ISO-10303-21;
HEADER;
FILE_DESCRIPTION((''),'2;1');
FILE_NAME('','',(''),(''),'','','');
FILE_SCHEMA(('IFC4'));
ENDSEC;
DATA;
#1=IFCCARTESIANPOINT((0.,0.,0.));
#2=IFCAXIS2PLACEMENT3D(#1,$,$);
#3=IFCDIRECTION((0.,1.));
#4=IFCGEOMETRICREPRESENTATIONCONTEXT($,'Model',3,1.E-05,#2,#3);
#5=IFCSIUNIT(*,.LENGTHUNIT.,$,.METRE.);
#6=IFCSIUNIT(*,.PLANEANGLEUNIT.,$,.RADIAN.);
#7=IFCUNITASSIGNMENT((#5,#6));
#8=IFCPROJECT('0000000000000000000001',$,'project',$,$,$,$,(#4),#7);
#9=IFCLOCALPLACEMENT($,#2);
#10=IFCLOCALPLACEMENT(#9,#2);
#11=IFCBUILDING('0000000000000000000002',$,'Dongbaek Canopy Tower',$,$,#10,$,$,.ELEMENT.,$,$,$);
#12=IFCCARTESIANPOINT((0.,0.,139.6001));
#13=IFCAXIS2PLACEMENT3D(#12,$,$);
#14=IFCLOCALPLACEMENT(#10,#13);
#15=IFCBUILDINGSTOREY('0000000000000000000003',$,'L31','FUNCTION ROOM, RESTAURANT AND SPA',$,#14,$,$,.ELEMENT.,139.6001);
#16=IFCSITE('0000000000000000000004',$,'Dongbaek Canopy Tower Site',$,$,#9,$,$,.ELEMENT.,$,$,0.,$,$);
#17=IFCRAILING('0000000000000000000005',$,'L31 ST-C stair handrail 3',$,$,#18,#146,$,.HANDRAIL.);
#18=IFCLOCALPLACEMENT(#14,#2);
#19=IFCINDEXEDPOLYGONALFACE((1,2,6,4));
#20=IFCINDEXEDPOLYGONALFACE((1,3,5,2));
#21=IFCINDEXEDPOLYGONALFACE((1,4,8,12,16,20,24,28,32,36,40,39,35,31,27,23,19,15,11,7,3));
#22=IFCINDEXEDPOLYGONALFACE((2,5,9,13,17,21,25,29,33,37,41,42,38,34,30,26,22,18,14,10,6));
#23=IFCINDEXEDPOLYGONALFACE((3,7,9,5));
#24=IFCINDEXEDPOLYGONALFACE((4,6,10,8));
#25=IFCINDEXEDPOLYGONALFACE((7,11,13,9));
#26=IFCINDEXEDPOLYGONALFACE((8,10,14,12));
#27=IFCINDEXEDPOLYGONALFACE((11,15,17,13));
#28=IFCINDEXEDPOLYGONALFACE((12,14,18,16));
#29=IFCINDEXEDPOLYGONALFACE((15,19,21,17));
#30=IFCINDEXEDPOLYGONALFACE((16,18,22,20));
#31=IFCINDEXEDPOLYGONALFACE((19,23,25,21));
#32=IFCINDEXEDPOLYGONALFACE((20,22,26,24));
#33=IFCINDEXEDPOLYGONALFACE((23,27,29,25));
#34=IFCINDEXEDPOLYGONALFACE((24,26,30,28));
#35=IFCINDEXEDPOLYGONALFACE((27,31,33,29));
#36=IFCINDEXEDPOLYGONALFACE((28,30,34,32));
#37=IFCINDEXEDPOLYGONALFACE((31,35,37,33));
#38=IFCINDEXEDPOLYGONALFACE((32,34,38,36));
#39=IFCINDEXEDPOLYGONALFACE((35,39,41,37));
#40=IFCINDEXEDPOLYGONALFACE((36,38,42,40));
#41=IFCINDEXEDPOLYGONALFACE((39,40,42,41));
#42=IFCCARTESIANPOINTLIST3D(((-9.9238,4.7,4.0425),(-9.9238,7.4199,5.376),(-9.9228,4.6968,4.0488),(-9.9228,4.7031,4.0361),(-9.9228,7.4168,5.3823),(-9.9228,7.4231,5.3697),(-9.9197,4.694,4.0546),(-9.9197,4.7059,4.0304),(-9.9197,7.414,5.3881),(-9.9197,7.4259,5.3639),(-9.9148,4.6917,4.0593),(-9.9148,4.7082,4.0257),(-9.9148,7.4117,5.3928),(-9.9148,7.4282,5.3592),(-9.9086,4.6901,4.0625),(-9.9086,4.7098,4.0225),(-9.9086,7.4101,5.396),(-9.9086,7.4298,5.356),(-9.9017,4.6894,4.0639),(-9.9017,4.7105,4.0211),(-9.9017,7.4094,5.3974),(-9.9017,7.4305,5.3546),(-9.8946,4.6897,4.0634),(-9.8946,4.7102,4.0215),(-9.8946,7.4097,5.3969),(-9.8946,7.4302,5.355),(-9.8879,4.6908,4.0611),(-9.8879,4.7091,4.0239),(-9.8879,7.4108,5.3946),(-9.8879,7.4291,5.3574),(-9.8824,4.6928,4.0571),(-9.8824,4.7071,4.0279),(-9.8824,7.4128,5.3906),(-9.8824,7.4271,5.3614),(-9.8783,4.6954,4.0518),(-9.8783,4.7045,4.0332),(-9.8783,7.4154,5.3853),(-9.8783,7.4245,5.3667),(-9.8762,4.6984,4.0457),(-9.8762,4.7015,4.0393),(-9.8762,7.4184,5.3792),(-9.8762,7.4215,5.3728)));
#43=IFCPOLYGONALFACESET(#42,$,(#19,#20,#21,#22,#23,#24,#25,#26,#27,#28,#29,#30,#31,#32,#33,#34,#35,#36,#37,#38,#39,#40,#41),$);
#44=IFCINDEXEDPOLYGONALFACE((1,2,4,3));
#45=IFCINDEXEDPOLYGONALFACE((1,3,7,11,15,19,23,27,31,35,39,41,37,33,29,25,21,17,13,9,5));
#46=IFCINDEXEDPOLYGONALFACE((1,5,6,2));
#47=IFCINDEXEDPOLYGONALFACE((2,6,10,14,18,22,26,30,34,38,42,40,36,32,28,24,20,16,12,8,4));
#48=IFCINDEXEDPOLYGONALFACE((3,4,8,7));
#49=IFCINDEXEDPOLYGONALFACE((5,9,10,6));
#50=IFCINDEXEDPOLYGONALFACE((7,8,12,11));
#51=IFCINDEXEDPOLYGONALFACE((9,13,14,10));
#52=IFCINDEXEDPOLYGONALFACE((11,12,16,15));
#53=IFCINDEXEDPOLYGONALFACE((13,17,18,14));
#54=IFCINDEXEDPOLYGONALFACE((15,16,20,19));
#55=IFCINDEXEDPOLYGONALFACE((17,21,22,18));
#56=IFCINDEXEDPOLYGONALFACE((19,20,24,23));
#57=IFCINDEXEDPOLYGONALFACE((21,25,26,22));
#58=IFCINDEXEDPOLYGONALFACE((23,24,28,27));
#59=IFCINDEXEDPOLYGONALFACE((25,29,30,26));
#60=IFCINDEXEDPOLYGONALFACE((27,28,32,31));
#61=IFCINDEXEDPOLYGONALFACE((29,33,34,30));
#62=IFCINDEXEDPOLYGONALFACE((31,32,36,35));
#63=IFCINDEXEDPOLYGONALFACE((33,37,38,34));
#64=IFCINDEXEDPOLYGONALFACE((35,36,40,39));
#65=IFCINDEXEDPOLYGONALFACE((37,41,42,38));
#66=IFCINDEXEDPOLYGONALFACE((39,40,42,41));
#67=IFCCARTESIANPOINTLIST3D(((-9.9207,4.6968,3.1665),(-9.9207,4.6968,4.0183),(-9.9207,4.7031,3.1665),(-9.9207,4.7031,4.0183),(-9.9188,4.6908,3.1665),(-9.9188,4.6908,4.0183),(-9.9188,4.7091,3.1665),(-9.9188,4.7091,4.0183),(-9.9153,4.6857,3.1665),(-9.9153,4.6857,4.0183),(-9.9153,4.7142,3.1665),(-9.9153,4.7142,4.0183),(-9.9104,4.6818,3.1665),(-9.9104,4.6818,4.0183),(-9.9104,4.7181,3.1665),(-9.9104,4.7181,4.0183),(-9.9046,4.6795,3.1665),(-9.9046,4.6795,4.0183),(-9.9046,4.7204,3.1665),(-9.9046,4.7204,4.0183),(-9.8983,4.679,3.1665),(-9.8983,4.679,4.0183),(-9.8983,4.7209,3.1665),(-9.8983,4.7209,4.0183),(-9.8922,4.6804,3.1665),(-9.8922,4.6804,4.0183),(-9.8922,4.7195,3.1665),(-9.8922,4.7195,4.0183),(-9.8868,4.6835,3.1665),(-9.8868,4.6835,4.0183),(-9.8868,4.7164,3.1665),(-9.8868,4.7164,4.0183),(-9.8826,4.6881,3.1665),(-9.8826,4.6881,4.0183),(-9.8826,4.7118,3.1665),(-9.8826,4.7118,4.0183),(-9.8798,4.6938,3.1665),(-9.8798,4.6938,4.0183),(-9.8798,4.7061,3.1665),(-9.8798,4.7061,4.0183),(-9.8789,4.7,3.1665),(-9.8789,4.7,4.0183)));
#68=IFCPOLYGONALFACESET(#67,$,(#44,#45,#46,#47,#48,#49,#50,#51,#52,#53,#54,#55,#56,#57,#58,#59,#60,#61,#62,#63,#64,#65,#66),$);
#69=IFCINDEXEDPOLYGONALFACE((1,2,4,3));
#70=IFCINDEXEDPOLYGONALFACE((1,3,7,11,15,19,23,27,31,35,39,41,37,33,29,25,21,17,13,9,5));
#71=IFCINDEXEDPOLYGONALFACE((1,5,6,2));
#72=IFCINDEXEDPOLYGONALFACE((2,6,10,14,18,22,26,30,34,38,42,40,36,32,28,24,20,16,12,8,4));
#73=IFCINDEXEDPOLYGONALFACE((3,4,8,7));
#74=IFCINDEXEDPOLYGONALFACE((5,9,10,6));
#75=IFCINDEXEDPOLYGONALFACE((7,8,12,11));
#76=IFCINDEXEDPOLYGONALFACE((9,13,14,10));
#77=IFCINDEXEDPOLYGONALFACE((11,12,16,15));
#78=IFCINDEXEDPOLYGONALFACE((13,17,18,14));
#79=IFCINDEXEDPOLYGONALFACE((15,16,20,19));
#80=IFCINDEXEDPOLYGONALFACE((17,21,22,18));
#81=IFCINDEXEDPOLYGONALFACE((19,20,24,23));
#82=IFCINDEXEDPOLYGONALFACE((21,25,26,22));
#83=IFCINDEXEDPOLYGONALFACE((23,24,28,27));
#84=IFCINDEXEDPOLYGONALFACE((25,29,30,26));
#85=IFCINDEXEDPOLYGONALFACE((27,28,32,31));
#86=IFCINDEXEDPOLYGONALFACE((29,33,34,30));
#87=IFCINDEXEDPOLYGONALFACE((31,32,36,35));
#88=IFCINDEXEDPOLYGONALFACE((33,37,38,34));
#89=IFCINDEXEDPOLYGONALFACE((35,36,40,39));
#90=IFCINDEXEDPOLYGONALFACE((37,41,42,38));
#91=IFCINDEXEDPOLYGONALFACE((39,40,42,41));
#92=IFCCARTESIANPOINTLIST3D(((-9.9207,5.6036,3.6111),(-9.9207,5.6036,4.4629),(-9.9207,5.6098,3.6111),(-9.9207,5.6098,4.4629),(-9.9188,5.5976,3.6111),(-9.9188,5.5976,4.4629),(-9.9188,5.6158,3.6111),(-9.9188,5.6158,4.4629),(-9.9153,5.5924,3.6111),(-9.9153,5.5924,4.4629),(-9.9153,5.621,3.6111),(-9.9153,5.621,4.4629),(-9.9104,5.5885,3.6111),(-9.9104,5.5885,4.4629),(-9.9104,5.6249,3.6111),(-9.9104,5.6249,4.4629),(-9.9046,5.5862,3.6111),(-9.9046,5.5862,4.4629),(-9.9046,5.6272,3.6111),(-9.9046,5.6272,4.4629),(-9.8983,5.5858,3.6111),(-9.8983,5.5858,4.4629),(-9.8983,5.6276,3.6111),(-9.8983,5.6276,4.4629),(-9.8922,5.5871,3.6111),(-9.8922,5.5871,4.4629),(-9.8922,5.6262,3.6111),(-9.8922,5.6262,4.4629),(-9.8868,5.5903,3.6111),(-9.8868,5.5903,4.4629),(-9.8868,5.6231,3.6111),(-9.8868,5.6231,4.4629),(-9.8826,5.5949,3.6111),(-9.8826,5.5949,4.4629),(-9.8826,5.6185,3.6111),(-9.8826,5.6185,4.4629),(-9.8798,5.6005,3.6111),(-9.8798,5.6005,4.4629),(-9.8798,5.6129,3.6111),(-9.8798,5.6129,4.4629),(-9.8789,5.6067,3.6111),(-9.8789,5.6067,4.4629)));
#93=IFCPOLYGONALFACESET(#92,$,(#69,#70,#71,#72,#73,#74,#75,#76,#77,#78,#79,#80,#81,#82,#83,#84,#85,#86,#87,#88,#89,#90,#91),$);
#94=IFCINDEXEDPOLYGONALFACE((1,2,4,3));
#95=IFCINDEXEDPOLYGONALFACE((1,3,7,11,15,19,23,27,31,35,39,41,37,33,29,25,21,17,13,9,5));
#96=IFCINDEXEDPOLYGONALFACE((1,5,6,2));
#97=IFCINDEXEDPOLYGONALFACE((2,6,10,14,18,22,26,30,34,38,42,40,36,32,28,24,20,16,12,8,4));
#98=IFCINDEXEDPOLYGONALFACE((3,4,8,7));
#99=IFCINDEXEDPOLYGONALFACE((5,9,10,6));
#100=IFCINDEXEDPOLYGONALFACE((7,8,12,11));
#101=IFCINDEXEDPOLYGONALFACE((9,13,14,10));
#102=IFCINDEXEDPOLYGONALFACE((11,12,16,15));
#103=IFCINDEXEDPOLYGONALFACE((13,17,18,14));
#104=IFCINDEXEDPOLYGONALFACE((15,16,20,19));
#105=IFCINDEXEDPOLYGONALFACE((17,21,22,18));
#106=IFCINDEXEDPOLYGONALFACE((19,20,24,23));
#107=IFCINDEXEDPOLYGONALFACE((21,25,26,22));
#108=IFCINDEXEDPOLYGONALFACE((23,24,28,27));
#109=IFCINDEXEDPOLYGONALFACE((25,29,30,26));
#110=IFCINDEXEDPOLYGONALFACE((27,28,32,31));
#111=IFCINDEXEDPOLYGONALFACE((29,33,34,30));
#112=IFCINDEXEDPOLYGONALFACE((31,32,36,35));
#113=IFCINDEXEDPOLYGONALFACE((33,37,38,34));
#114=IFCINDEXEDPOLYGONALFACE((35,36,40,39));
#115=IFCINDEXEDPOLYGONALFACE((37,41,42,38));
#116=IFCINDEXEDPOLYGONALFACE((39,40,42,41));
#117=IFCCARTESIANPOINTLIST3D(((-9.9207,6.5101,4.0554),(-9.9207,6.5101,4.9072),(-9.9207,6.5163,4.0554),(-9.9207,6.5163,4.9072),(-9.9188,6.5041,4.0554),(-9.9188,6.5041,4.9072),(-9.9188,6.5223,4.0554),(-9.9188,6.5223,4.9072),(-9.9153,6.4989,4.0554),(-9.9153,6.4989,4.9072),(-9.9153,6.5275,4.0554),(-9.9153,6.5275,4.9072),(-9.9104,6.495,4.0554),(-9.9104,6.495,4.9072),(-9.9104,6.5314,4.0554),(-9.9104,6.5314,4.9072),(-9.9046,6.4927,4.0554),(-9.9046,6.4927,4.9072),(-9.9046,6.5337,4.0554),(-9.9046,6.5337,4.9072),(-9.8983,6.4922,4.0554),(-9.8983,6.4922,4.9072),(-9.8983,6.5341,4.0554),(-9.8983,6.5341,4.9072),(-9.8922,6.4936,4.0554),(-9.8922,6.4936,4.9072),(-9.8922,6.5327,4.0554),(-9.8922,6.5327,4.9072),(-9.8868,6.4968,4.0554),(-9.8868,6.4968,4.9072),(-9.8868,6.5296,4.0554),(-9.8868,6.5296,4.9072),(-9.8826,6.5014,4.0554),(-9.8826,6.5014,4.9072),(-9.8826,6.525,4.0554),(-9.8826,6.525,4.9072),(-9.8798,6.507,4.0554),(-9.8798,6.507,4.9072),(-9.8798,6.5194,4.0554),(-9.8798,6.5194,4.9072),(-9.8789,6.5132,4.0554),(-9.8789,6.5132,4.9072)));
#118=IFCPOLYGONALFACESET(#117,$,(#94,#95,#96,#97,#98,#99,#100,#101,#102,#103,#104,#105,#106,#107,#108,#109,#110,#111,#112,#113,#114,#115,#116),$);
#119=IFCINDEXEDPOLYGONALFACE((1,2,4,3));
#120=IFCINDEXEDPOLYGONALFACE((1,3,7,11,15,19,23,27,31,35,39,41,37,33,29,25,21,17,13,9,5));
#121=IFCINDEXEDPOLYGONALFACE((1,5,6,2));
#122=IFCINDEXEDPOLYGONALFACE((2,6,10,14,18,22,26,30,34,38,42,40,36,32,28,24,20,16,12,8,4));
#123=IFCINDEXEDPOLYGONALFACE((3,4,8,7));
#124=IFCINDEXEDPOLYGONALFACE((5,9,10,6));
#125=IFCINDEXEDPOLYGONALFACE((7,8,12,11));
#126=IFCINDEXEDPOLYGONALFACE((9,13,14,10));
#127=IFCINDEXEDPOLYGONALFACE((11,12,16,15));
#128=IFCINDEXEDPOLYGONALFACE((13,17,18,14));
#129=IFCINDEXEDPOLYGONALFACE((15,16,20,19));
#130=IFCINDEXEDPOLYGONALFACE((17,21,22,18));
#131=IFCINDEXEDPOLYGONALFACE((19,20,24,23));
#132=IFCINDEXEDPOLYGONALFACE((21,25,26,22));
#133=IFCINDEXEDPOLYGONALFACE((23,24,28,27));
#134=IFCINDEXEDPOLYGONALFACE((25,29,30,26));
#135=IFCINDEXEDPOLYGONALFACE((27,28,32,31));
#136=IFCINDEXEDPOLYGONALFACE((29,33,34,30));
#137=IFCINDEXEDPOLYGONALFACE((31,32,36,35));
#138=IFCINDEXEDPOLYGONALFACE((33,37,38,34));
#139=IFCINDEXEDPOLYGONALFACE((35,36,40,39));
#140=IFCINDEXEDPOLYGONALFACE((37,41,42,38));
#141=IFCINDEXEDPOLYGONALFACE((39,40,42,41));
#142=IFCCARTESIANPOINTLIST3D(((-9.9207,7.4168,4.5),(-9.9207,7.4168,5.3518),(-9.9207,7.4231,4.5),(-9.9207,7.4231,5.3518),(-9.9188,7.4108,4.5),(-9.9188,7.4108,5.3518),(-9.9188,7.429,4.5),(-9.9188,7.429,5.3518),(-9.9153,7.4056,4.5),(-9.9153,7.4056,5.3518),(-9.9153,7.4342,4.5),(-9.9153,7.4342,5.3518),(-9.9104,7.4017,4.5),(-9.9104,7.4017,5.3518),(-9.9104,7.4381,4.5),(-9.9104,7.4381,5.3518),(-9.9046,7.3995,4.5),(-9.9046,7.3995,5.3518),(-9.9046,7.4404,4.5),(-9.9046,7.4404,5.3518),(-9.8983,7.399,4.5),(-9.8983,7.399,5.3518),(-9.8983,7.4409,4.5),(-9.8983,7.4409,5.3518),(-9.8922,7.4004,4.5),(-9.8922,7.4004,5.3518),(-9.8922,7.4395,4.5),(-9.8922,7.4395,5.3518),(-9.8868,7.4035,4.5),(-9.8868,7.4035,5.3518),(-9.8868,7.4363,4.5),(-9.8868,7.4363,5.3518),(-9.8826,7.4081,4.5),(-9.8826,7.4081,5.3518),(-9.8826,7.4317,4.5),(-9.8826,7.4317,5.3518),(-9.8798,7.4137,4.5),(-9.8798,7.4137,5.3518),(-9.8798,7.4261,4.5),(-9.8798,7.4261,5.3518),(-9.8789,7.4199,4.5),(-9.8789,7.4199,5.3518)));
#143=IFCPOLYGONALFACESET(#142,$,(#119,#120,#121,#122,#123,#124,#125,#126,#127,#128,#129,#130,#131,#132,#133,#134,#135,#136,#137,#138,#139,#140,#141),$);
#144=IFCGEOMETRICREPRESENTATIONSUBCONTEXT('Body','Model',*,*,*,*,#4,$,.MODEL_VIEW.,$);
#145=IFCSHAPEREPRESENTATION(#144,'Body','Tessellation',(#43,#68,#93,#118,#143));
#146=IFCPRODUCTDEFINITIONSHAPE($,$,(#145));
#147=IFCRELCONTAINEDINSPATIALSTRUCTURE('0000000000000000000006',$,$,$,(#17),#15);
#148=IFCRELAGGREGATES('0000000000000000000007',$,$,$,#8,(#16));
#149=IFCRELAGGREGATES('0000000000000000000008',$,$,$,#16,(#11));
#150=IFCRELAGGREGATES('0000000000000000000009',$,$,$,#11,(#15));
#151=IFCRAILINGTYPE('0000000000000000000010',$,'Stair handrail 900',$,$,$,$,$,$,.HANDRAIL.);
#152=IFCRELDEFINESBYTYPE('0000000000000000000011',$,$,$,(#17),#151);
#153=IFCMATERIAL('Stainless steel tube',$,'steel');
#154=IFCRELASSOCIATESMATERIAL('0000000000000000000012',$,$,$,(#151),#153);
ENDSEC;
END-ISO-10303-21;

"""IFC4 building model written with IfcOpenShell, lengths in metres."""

from ifc_helpers import new_model, si_unit, direction, frame, origin, origin_2d, place, context, subcontext, project, spatial, circle, extrude, material, type_object, element, save


model = new_model("IFC4")

# Units and contexts
model_context = context("Model", 3, precision=1e-05, world=origin(), true_north=direction((0.0, 1.0)))
body_context = subcontext(model_context, "Body", "Model", "MODEL_VIEW")
ifc_project = project(units=[si_unit("LENGTHUNIT", "METRE"), si_unit("PLANEANGLEUNIT", "RADIAN")], contexts=[model_context])

# Site, building, storey
site_placement = place(None, origin())
site = spatial("IfcSite", under=ifc_project, at=site_placement, Name="Dongbaek Canopy Tower Site", CompositionType="ELEMENT", RefElevation=0.0)
building_placement = place(site_placement, origin())
building = spatial("IfcBuilding", under=site, at=building_placement, Name="Dongbaek Canopy Tower", CompositionType="ELEMENT")
storey_placement = place(building_placement, frame((0.0, 0.0, 139.6001)))
storey = spatial("IfcBuildingStorey", under=building, at=storey_placement, Name="L31", Description="FUNCTION ROOM, RESTAURANT AND SPA", CompositionType="ELEMENT", Elevation=139.6001)

# Railing
ifc_material_1 = material(Name="Stainless steel tube", Category="steel")
railing_type_1 = type_object("IfcRailingType", Name="Stair handrail 900", PredefinedType="HANDRAIL", material=ifc_material_1)
for number, where, name in (
    (1, (-9.8999, 4.7, 3.1665), "L31 ST-C stair handrail 3"),
):
    element("IfcRailing", number, at=place(storey_placement, frame(where)), inside=storey, type_object=railing_type_1, Name=name, PredefinedType="HANDRAIL", context=body_context, shape_type="SweptSolid", body=[
        extrude(circle(Radius=0.0239, at=origin_2d()), frame((0.0, 0.0, 0.876), z_axis=(0.0, 0.897898, 0.440204), x_axis=(-1.0, 0.0, 0.0)), (0.0, 0.0, 1.0), 3.0293),
        extrude(circle(Radius=0.021, at=origin_2d()), origin(), (0.0, 0.0, 1.0), 0.8518),
        extrude(circle(Radius=0.021, at=origin_2d()), frame((0.0, 0.9067, 0.4446)), (0.0, 0.0, 1.0), 0.8518),
        extrude(circle(Radius=0.021, at=origin_2d()), frame((0.0, 1.8132, 0.8889)), (0.0, 0.0, 1.0), 0.8518),
        extrude(circle(Radius=0.021, at=origin_2d()), frame((0.0, 2.72, 1.3335)), (0.0, 0.0, 1.0), 0.8518),
    ])

save(model, "model.ifc")
